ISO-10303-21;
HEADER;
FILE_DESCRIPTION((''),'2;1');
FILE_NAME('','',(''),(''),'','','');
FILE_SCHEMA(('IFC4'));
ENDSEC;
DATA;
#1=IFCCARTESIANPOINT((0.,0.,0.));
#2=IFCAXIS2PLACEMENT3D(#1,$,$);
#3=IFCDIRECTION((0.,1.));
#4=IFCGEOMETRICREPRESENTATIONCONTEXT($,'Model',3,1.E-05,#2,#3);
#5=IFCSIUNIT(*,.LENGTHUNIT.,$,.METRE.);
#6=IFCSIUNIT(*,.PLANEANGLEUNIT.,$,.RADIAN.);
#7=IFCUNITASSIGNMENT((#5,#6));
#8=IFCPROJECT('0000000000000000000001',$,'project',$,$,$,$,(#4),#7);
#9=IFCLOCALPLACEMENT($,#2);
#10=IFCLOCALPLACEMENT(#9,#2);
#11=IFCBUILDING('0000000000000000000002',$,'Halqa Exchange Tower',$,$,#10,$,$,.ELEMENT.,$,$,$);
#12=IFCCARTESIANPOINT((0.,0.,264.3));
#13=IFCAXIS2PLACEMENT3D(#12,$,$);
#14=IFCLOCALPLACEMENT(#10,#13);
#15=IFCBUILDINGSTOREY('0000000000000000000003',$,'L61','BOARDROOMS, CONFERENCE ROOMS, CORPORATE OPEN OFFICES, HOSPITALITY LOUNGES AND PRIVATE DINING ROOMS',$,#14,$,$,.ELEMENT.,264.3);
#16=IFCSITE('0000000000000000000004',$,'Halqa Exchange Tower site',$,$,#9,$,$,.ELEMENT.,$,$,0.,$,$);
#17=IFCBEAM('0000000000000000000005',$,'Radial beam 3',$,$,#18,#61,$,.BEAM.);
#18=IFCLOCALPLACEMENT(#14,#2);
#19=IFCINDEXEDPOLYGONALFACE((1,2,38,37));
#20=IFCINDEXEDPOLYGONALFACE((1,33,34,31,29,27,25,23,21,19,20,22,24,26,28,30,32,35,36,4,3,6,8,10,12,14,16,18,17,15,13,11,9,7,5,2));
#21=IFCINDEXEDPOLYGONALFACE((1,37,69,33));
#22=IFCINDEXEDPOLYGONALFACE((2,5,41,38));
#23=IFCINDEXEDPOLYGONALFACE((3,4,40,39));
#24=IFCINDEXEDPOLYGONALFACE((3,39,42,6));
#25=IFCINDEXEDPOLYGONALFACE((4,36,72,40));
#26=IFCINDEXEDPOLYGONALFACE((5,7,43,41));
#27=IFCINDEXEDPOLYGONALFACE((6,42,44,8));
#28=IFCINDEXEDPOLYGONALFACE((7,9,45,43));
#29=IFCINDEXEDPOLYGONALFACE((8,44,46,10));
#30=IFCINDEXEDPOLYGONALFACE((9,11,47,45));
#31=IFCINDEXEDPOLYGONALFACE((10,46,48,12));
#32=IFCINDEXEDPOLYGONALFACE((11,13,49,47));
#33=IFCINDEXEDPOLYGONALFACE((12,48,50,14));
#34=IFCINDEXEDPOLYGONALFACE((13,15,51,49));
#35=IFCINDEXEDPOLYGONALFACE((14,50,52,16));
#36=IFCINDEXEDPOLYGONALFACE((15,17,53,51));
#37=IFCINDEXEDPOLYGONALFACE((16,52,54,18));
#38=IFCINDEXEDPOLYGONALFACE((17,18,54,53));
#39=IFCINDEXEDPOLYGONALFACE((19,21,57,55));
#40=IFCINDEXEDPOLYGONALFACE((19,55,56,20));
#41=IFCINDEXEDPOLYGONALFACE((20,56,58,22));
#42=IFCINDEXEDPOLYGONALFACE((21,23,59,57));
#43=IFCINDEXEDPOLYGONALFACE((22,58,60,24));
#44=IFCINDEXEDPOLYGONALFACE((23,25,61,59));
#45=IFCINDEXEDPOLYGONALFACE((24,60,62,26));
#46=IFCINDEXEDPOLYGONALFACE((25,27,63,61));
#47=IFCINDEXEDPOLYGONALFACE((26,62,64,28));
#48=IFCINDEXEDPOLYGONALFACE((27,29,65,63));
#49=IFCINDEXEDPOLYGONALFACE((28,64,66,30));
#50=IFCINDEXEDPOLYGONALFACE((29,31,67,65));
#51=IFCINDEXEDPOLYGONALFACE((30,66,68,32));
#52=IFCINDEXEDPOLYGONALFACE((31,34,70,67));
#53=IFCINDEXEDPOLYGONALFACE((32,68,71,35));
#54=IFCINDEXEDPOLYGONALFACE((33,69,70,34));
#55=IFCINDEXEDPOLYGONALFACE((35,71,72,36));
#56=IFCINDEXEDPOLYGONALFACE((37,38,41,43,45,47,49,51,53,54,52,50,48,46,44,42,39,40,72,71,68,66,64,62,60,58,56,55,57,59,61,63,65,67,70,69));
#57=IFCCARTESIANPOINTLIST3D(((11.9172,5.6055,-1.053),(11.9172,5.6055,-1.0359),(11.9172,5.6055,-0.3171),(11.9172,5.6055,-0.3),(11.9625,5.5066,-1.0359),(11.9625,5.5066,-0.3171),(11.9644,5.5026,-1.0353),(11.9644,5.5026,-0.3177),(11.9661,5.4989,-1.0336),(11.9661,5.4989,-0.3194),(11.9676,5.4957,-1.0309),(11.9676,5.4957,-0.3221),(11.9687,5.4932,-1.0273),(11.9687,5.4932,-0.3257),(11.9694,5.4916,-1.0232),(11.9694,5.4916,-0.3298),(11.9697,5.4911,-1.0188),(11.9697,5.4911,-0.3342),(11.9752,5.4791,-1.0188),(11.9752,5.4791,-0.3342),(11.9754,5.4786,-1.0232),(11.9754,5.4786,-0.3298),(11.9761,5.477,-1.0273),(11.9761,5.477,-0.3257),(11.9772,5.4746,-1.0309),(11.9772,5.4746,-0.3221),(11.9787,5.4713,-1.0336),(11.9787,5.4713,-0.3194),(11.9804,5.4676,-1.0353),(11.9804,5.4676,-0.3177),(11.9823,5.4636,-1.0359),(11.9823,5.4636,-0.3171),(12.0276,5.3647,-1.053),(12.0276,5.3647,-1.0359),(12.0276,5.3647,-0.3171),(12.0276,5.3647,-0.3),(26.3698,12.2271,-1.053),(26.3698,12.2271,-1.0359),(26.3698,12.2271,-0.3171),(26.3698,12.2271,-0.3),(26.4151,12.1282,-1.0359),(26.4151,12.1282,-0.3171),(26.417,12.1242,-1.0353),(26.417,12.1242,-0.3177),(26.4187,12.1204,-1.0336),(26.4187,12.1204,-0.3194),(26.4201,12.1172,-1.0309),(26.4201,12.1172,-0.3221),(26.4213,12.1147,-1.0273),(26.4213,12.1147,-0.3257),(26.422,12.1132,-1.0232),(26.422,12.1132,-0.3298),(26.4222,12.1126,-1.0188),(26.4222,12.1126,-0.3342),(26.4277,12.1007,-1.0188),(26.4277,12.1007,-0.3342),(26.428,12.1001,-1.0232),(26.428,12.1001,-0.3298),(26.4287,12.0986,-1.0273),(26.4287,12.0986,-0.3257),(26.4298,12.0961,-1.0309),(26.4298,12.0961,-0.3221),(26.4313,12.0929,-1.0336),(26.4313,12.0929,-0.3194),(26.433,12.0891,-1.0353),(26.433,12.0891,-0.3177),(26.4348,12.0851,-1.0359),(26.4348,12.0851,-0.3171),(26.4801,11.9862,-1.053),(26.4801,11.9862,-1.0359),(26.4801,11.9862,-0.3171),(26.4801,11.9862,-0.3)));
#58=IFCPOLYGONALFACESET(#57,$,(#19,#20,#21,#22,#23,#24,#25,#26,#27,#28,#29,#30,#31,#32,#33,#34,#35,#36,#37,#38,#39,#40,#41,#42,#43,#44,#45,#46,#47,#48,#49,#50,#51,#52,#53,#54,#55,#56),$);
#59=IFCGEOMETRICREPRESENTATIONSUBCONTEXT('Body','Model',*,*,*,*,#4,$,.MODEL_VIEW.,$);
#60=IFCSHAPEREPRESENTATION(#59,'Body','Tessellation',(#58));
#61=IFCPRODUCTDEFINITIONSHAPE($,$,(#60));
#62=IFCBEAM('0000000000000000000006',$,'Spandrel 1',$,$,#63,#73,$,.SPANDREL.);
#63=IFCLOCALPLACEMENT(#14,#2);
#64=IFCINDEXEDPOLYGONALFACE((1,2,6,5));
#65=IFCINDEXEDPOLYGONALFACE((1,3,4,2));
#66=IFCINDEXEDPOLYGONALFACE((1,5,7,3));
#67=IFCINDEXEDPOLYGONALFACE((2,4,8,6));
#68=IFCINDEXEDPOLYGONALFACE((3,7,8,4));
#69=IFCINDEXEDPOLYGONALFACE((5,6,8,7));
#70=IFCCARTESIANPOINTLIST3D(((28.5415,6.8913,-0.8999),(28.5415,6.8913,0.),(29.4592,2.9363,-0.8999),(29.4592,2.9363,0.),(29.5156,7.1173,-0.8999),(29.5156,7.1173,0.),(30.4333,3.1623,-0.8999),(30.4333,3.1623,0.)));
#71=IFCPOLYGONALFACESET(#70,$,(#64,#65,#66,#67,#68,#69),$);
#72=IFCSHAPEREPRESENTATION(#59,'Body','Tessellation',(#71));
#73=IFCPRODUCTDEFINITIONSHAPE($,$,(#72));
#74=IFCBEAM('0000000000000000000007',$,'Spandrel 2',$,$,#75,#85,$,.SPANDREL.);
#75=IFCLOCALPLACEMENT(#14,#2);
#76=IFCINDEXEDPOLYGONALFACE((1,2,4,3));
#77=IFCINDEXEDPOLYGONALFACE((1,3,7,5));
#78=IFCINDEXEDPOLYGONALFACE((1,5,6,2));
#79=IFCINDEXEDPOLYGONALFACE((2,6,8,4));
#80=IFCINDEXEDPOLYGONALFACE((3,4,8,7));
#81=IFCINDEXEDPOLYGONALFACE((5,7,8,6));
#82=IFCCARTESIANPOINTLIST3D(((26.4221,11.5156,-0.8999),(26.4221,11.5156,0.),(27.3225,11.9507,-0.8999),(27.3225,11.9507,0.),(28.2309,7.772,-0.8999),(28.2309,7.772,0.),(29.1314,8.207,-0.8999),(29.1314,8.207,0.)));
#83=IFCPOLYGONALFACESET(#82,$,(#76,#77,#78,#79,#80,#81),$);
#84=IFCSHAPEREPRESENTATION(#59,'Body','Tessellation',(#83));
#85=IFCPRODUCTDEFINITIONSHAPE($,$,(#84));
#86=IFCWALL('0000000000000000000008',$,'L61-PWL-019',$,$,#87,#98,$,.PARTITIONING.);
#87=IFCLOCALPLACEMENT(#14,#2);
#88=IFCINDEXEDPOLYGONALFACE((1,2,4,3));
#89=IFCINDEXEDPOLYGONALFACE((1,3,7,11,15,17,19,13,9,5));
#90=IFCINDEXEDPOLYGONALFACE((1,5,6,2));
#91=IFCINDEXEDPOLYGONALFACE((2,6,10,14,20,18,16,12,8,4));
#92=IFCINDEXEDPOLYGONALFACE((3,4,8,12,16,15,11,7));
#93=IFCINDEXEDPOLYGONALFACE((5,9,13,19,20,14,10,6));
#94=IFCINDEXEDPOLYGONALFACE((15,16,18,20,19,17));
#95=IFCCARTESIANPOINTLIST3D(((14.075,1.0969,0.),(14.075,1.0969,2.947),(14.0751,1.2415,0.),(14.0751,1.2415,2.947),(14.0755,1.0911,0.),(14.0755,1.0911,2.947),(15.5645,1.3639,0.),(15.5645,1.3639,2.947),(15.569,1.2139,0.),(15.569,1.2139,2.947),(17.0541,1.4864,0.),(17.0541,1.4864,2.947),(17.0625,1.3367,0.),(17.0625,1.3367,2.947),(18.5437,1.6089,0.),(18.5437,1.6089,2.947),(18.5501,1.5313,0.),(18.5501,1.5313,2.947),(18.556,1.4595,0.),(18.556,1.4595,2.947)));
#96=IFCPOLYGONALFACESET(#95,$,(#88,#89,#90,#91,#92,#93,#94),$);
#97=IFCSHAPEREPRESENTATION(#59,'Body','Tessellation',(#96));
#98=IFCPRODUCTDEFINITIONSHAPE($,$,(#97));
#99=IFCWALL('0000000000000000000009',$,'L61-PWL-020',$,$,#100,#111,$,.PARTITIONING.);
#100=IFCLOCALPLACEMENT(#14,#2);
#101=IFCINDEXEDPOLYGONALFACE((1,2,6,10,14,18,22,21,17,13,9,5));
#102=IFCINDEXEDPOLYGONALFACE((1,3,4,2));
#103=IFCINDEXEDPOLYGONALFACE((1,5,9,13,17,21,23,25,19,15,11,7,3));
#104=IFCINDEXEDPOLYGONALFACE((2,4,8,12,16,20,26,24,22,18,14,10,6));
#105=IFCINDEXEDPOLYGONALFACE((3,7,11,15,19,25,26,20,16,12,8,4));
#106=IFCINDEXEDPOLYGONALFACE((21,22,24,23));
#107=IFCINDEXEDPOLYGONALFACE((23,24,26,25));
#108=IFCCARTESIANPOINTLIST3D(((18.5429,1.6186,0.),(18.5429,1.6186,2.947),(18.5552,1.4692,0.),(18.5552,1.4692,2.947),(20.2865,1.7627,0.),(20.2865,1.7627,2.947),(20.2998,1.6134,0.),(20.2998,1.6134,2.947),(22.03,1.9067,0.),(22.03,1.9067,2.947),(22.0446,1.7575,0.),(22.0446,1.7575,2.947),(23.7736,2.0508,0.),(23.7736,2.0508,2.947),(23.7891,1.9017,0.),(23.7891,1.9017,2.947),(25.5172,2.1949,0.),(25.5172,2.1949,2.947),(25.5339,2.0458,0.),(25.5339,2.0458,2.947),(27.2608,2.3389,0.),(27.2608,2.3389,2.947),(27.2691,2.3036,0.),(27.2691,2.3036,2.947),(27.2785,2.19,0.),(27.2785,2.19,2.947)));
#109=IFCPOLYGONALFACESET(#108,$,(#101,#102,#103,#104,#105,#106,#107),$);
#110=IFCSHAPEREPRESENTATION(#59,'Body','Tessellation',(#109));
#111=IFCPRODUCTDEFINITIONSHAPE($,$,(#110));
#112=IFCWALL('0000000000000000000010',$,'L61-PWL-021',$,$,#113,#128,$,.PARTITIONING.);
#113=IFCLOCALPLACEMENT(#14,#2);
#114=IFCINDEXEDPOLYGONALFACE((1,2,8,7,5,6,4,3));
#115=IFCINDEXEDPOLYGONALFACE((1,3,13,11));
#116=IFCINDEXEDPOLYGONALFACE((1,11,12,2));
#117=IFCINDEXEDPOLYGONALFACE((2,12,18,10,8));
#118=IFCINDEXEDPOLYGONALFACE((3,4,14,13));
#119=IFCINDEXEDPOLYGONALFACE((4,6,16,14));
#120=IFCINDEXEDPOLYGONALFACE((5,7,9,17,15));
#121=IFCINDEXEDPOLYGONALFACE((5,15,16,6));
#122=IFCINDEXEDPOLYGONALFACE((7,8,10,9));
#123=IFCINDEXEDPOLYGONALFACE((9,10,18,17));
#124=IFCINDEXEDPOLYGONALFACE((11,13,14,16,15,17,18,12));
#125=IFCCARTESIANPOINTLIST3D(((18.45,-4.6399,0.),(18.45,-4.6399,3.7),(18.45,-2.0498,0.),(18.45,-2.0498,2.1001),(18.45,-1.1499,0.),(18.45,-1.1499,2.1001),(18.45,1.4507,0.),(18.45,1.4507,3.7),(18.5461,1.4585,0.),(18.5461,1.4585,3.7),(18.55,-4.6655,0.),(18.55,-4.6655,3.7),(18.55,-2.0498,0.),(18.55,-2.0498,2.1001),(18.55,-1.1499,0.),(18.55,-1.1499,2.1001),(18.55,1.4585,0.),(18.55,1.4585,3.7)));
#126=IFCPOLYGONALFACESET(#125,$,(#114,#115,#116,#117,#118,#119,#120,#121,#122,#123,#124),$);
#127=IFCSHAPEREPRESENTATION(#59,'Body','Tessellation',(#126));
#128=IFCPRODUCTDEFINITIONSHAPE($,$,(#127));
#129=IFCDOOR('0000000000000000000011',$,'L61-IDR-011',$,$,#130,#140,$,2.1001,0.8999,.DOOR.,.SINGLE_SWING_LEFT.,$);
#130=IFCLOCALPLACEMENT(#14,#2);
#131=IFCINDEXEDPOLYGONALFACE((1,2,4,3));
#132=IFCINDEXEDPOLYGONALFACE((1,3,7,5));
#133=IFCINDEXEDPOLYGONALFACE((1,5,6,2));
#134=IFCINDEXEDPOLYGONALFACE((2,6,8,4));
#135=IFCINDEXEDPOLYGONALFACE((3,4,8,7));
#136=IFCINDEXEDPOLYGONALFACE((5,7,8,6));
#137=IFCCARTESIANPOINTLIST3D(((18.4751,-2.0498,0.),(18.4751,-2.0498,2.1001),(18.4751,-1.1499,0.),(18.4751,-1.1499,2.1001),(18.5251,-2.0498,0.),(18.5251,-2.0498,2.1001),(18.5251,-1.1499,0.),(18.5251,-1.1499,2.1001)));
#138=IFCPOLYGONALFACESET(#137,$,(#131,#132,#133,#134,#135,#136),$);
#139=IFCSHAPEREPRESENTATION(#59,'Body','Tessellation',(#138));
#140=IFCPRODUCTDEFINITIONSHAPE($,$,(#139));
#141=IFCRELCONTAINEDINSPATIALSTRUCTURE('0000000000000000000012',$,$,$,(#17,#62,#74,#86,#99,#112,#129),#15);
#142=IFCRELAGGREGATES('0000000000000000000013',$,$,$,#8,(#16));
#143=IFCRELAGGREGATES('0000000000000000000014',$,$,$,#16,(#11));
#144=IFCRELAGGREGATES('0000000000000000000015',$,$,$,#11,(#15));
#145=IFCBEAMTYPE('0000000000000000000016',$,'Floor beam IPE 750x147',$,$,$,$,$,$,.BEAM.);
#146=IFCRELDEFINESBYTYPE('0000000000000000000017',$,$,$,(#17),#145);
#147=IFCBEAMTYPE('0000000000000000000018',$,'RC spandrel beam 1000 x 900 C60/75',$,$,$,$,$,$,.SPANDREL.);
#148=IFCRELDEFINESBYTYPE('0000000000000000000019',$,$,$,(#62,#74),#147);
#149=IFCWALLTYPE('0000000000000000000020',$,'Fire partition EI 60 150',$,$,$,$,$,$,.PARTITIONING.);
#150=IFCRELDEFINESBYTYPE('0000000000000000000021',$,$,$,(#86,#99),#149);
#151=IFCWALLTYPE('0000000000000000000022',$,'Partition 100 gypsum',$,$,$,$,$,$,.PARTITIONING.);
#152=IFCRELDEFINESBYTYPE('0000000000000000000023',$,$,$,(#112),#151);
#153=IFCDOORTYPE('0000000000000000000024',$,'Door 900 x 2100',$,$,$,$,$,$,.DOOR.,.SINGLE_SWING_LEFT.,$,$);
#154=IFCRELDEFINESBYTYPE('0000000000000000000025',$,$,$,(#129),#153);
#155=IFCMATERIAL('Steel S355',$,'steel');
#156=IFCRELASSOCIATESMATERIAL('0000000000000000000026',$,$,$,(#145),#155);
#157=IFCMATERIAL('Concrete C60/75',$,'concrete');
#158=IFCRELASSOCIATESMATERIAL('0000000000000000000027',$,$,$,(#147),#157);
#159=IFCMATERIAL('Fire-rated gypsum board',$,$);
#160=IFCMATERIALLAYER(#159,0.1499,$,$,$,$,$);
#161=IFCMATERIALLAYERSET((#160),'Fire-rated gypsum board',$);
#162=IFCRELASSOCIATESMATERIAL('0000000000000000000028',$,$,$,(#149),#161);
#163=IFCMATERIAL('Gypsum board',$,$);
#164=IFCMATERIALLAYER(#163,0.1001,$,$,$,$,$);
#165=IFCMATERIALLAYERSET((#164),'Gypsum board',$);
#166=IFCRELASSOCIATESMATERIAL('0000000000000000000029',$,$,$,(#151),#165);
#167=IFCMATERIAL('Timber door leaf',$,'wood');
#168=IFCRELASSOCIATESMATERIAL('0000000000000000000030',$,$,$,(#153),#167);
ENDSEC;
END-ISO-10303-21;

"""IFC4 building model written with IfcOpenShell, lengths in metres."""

from ifc_helpers import new_model, si_unit, direction, frame, frame_2d, origin, origin_2d, place, context, subcontext, project, spatial, polyline, rectangle, i_section, outline, extrude, material, layer, layer_set, material_profile, profile_set, type_object, element, fill, save


model = new_model("IFC4")

# Units and contexts
model_context = context("Model", 3, precision=1e-05, world=origin(), true_north=direction((0.0, 1.0)))
body_context = subcontext(model_context, "Body", "Model", "MODEL_VIEW")
ifc_project = project(units=[si_unit("LENGTHUNIT", "METRE"), si_unit("PLANEANGLEUNIT", "RADIAN")], contexts=[model_context])

# Site, building, storey
site_placement = place(None, origin())
site = spatial("IfcSite", under=ifc_project, at=site_placement, Name="Halqa Exchange Tower site", CompositionType="ELEMENT", RefElevation=0.0)
building_placement = place(site_placement, origin())
building = spatial("IfcBuilding", under=site, at=building_placement, Name="Halqa Exchange Tower", CompositionType="ELEMENT")
storey_placement = place(building_placement, frame((0.0, 0.0, 264.3)))
storey = spatial("IfcBuildingStorey", under=building, at=storey_placement, Name="L61", Description="BOARDROOMS, CONFERENCE ROOMS, CORPORATE OPEN OFFICES, HOSPITALITY LOUNGES AND PRIVATE DINING ROOMS", CompositionType="ELEMENT", Elevation=264.3)

# Shared definitions
ifc_material_1 = material(Name="Concrete C60/75", Category="concrete")

# Beams
ifc_material_2 = material(Name="Steel S355", Category="steel")
ifc_material_profile_1 = material_profile(ifc_material_2, i_section(OverallWidth=0.2649, OverallDepth=0.7529, WebThickness=0.0132, FlangeThickness=0.0171, FilletRadius=0.0171, at=origin_2d()), Name="IPE 750x147")
ifc_profile_set_1 = profile_set([ifc_material_profile_1], Name="Steel S355")
beam_type_1 = type_object("IfcBeamType", Name="Floor beam IPE 750x147", PredefinedType="BEAM", material=ifc_profile_set_1)
beam_1_placement = place(storey_placement, frame((11.9724, 5.4851, -0.6765), z_axis=(0.909125, 0.416523, 0.0), x_axis=(-0.416523, 0.909125, 0.0)))
element("IfcBeam", 1, at=beam_1_placement, inside=storey, type_object=beam_type_1, Name="Radial beam 3", PredefinedType="BEAM", context=body_context, shape_type="SweptSolid", body=[
    extrude(i_section(OverallWidth=0.2649, OverallDepth=0.7529, WebThickness=0.0132, FlangeThickness=0.0171, FilletRadius=0.0171, at=origin_2d()), origin(), (0.0, 0.0, 1.0), 15.8972),
])
ifc_material_profile_2 = material_profile(ifc_material_1, rectangle(XDim=1.0, YDim=0.8999, at=origin_2d()), Name="1000 x 900")
ifc_profile_set_2 = profile_set([ifc_material_profile_2], Name="Concrete C60/75")
beam_type_2 = type_object("IfcBeamType", Name="RC spandrel beam 1000 x 900 C60/75", PredefinedType="SPANDREL", material=ifc_profile_set_2)
beam_2_placement = place(storey_placement, frame((29.9463, 3.0493, -0.45), z_axis=(-0.226032, 0.97412, 0.0), x_axis=(-0.97412, -0.226032, 0.0)))
element("IfcBeam", 2, at=beam_2_placement, inside=storey, type_object=beam_type_2, Name="Spandrel 1", PredefinedType="SPANDREL", context=body_context, shape_type="SweptSolid", body=[
    extrude(rectangle(XDim=1.0, YDim=0.8999, at=origin_2d()), origin(), (0.0, 0.0, 1.0), 4.0601),
])
beam_3_placement = place(storey_placement, frame((28.6812, 7.9895, -0.45), z_axis=(-0.435053, 0.900405, 0.0), x_axis=(-0.900405, -0.435053, 0.0)))
element("IfcBeam", 3, at=beam_3_placement, inside=storey, type_object=beam_type_2, Name="Spandrel 2", PredefinedType="SPANDREL", context=body_context, shape_type="SweptSolid", body=[
    extrude(rectangle(XDim=1.0, YDim=0.8999, at=origin_2d()), origin(), (0.0, 0.0, 1.0), 4.1577),
])

# Walls
ifc_material_3 = material(Name="Fire-rated gypsum board")
ifc_layer_1 = layer(ifc_material_3, 0.1499)
ifc_layer_set_1 = layer_set([ifc_layer_1], Name="Fire-rated gypsum board")
wall_type_1 = type_object("IfcWallType", Name="Fire partition EI 60 150", PredefinedType="PARTITIONING", material=ifc_layer_set_1)
wall_1_placement = place(storey_placement, frame((14.0693, 1.1658, 0.0), z_axis=(0.0, 0.0, 1.0), x_axis=(0.996637, 0.081949, 0.0)))
element("IfcWall", 4, at=wall_1_placement, inside=storey, type_object=wall_type_1, Name="L61-PWL-019", PredefinedType="PARTITIONING", context=body_context, shape_type="SweptSolid", body=[
    extrude(outline(polyline([(4.4956, -0.075), (4.4956, -0.0029), (4.4956, 0.075), (3.001, 0.075), (1.5063, 0.075), (0.012, 0.075), (0.0, -0.0691), (0.0, -0.075), (1.4985, -0.075), (2.9971, -0.075), (4.4956, -0.075)])), origin(), (0.0, 0.0, 1.0), 2.947),
])
wall_2_placement = place(storey_placement, frame((18.5491, 1.5439, 0.0), z_axis=(0.0, 0.0, 1.0), x_axis=(0.996604, 0.082339, 0.0)))
element("IfcWall", 5, at=wall_2_placement, inside=storey, type_object=wall_type_1, Name="L61-PWL-020", PredefinedType="PARTITIONING", context=body_context, shape_type="SweptSolid", body=[
    extrude(outline(polyline([(8.7529, -0.075), (8.7529, 0.0391), (8.7476, 0.075), (6.998, 0.075), (5.2485, 0.075), (3.499, 0.075), (1.7495, 0.075), (0.0, 0.075), (0.0, -0.075), (1.7505, -0.075), (3.5012, -0.075), (5.2517, -0.075), (7.0024, -0.075), (8.7529, -0.075)])), origin(), (0.0, 0.0, 1.0), 2.947),
])

# Wall, opening, door
ifc_material_4 = material(Name="Gypsum board")
ifc_layer_2 = layer(ifc_material_4, 0.1001)
ifc_layer_set_2 = layer_set([ifc_layer_2], Name="Gypsum board")
wall_type_2 = type_object("IfcWallType", Name="Partition 100 gypsum", PredefinedType="PARTITIONING", material=ifc_layer_set_2)
wall_3_placement = place(storey_placement, frame((18.5, 1.4585, 0.0), z_axis=(0.0, 0.0, 1.0), x_axis=(0.0, -1.0, 0.0)))
wall_3 = element("IfcWall", 6, at=wall_3_placement, inside=storey, type_object=wall_type_2, Name="L61-PWL-021", PredefinedType="PARTITIONING", context=body_context, shape_type="SweptSolid", body=[
    extrude(outline(polyline([(0.0078, -0.05), (1.5305, -0.05), (3.0532, -0.05), (4.5759, -0.05), (6.0984, -0.05), (6.124, 0.05), (6.124, 0.05), (4.593, 0.05), (3.062, 0.05), (1.531, 0.05), (0.0, 0.05), (0.0, 0.0461), (0.0078, -0.05)])), origin(), (0.0, 0.0, 1.0), 3.7),
])
opening_1_placement = place(wall_3_placement, frame((2.6084, 0.0, 0.0)))
opening_1 = element("IfcOpeningElement", 7, at=opening_1_placement, cuts=wall_3, PredefinedType="OPENING", context=body_context, shape_type="SweptSolid", body=[
    extrude(rectangle(XDim=0.8999, YDim=2.1001, at=frame_2d((0.45, 1.05))), frame((0.0, 0.062, 0.0), z_axis=(0.0, -1.0, 0.0), x_axis=(1.0, 0.0, 0.0)), (0.0, 0.0, 1.0), 0.124),
])
ifc_material_5 = material(Name="Timber door leaf", Category="wood")
door_type = type_object("IfcDoorType", Name="Door 900 x 2100", OperationType="SINGLE_SWING_LEFT", PredefinedType="DOOR", material=ifc_material_5)
door_placement = place(opening_1_placement, frame((0.8999, 0.0, 0.0), z_axis=(0.0, 0.0, 1.0), x_axis=(-1.0, 0.0, 0.0)))
door = element("IfcDoor", 8, at=door_placement, inside=storey, type_object=door_type, Name="L61-IDR-011", OperationType="SINGLE_SWING_LEFT", OverallHeight=2.1001, OverallWidth=0.8999, PredefinedType="DOOR", context=body_context, shape_type="SweptSolid", body=[
    extrude(rectangle(XDim=0.8999, YDim=2.1001, at=frame_2d((0.45, 1.05))), frame((0.0, 0.0249, 0.0), z_axis=(0.0, -1.0, 0.0), x_axis=(1.0, 0.0, 0.0)), (0.0, 0.0, 1.0), 0.05),
])
fill(opening_1, door)

save(model, "model.ifc")
